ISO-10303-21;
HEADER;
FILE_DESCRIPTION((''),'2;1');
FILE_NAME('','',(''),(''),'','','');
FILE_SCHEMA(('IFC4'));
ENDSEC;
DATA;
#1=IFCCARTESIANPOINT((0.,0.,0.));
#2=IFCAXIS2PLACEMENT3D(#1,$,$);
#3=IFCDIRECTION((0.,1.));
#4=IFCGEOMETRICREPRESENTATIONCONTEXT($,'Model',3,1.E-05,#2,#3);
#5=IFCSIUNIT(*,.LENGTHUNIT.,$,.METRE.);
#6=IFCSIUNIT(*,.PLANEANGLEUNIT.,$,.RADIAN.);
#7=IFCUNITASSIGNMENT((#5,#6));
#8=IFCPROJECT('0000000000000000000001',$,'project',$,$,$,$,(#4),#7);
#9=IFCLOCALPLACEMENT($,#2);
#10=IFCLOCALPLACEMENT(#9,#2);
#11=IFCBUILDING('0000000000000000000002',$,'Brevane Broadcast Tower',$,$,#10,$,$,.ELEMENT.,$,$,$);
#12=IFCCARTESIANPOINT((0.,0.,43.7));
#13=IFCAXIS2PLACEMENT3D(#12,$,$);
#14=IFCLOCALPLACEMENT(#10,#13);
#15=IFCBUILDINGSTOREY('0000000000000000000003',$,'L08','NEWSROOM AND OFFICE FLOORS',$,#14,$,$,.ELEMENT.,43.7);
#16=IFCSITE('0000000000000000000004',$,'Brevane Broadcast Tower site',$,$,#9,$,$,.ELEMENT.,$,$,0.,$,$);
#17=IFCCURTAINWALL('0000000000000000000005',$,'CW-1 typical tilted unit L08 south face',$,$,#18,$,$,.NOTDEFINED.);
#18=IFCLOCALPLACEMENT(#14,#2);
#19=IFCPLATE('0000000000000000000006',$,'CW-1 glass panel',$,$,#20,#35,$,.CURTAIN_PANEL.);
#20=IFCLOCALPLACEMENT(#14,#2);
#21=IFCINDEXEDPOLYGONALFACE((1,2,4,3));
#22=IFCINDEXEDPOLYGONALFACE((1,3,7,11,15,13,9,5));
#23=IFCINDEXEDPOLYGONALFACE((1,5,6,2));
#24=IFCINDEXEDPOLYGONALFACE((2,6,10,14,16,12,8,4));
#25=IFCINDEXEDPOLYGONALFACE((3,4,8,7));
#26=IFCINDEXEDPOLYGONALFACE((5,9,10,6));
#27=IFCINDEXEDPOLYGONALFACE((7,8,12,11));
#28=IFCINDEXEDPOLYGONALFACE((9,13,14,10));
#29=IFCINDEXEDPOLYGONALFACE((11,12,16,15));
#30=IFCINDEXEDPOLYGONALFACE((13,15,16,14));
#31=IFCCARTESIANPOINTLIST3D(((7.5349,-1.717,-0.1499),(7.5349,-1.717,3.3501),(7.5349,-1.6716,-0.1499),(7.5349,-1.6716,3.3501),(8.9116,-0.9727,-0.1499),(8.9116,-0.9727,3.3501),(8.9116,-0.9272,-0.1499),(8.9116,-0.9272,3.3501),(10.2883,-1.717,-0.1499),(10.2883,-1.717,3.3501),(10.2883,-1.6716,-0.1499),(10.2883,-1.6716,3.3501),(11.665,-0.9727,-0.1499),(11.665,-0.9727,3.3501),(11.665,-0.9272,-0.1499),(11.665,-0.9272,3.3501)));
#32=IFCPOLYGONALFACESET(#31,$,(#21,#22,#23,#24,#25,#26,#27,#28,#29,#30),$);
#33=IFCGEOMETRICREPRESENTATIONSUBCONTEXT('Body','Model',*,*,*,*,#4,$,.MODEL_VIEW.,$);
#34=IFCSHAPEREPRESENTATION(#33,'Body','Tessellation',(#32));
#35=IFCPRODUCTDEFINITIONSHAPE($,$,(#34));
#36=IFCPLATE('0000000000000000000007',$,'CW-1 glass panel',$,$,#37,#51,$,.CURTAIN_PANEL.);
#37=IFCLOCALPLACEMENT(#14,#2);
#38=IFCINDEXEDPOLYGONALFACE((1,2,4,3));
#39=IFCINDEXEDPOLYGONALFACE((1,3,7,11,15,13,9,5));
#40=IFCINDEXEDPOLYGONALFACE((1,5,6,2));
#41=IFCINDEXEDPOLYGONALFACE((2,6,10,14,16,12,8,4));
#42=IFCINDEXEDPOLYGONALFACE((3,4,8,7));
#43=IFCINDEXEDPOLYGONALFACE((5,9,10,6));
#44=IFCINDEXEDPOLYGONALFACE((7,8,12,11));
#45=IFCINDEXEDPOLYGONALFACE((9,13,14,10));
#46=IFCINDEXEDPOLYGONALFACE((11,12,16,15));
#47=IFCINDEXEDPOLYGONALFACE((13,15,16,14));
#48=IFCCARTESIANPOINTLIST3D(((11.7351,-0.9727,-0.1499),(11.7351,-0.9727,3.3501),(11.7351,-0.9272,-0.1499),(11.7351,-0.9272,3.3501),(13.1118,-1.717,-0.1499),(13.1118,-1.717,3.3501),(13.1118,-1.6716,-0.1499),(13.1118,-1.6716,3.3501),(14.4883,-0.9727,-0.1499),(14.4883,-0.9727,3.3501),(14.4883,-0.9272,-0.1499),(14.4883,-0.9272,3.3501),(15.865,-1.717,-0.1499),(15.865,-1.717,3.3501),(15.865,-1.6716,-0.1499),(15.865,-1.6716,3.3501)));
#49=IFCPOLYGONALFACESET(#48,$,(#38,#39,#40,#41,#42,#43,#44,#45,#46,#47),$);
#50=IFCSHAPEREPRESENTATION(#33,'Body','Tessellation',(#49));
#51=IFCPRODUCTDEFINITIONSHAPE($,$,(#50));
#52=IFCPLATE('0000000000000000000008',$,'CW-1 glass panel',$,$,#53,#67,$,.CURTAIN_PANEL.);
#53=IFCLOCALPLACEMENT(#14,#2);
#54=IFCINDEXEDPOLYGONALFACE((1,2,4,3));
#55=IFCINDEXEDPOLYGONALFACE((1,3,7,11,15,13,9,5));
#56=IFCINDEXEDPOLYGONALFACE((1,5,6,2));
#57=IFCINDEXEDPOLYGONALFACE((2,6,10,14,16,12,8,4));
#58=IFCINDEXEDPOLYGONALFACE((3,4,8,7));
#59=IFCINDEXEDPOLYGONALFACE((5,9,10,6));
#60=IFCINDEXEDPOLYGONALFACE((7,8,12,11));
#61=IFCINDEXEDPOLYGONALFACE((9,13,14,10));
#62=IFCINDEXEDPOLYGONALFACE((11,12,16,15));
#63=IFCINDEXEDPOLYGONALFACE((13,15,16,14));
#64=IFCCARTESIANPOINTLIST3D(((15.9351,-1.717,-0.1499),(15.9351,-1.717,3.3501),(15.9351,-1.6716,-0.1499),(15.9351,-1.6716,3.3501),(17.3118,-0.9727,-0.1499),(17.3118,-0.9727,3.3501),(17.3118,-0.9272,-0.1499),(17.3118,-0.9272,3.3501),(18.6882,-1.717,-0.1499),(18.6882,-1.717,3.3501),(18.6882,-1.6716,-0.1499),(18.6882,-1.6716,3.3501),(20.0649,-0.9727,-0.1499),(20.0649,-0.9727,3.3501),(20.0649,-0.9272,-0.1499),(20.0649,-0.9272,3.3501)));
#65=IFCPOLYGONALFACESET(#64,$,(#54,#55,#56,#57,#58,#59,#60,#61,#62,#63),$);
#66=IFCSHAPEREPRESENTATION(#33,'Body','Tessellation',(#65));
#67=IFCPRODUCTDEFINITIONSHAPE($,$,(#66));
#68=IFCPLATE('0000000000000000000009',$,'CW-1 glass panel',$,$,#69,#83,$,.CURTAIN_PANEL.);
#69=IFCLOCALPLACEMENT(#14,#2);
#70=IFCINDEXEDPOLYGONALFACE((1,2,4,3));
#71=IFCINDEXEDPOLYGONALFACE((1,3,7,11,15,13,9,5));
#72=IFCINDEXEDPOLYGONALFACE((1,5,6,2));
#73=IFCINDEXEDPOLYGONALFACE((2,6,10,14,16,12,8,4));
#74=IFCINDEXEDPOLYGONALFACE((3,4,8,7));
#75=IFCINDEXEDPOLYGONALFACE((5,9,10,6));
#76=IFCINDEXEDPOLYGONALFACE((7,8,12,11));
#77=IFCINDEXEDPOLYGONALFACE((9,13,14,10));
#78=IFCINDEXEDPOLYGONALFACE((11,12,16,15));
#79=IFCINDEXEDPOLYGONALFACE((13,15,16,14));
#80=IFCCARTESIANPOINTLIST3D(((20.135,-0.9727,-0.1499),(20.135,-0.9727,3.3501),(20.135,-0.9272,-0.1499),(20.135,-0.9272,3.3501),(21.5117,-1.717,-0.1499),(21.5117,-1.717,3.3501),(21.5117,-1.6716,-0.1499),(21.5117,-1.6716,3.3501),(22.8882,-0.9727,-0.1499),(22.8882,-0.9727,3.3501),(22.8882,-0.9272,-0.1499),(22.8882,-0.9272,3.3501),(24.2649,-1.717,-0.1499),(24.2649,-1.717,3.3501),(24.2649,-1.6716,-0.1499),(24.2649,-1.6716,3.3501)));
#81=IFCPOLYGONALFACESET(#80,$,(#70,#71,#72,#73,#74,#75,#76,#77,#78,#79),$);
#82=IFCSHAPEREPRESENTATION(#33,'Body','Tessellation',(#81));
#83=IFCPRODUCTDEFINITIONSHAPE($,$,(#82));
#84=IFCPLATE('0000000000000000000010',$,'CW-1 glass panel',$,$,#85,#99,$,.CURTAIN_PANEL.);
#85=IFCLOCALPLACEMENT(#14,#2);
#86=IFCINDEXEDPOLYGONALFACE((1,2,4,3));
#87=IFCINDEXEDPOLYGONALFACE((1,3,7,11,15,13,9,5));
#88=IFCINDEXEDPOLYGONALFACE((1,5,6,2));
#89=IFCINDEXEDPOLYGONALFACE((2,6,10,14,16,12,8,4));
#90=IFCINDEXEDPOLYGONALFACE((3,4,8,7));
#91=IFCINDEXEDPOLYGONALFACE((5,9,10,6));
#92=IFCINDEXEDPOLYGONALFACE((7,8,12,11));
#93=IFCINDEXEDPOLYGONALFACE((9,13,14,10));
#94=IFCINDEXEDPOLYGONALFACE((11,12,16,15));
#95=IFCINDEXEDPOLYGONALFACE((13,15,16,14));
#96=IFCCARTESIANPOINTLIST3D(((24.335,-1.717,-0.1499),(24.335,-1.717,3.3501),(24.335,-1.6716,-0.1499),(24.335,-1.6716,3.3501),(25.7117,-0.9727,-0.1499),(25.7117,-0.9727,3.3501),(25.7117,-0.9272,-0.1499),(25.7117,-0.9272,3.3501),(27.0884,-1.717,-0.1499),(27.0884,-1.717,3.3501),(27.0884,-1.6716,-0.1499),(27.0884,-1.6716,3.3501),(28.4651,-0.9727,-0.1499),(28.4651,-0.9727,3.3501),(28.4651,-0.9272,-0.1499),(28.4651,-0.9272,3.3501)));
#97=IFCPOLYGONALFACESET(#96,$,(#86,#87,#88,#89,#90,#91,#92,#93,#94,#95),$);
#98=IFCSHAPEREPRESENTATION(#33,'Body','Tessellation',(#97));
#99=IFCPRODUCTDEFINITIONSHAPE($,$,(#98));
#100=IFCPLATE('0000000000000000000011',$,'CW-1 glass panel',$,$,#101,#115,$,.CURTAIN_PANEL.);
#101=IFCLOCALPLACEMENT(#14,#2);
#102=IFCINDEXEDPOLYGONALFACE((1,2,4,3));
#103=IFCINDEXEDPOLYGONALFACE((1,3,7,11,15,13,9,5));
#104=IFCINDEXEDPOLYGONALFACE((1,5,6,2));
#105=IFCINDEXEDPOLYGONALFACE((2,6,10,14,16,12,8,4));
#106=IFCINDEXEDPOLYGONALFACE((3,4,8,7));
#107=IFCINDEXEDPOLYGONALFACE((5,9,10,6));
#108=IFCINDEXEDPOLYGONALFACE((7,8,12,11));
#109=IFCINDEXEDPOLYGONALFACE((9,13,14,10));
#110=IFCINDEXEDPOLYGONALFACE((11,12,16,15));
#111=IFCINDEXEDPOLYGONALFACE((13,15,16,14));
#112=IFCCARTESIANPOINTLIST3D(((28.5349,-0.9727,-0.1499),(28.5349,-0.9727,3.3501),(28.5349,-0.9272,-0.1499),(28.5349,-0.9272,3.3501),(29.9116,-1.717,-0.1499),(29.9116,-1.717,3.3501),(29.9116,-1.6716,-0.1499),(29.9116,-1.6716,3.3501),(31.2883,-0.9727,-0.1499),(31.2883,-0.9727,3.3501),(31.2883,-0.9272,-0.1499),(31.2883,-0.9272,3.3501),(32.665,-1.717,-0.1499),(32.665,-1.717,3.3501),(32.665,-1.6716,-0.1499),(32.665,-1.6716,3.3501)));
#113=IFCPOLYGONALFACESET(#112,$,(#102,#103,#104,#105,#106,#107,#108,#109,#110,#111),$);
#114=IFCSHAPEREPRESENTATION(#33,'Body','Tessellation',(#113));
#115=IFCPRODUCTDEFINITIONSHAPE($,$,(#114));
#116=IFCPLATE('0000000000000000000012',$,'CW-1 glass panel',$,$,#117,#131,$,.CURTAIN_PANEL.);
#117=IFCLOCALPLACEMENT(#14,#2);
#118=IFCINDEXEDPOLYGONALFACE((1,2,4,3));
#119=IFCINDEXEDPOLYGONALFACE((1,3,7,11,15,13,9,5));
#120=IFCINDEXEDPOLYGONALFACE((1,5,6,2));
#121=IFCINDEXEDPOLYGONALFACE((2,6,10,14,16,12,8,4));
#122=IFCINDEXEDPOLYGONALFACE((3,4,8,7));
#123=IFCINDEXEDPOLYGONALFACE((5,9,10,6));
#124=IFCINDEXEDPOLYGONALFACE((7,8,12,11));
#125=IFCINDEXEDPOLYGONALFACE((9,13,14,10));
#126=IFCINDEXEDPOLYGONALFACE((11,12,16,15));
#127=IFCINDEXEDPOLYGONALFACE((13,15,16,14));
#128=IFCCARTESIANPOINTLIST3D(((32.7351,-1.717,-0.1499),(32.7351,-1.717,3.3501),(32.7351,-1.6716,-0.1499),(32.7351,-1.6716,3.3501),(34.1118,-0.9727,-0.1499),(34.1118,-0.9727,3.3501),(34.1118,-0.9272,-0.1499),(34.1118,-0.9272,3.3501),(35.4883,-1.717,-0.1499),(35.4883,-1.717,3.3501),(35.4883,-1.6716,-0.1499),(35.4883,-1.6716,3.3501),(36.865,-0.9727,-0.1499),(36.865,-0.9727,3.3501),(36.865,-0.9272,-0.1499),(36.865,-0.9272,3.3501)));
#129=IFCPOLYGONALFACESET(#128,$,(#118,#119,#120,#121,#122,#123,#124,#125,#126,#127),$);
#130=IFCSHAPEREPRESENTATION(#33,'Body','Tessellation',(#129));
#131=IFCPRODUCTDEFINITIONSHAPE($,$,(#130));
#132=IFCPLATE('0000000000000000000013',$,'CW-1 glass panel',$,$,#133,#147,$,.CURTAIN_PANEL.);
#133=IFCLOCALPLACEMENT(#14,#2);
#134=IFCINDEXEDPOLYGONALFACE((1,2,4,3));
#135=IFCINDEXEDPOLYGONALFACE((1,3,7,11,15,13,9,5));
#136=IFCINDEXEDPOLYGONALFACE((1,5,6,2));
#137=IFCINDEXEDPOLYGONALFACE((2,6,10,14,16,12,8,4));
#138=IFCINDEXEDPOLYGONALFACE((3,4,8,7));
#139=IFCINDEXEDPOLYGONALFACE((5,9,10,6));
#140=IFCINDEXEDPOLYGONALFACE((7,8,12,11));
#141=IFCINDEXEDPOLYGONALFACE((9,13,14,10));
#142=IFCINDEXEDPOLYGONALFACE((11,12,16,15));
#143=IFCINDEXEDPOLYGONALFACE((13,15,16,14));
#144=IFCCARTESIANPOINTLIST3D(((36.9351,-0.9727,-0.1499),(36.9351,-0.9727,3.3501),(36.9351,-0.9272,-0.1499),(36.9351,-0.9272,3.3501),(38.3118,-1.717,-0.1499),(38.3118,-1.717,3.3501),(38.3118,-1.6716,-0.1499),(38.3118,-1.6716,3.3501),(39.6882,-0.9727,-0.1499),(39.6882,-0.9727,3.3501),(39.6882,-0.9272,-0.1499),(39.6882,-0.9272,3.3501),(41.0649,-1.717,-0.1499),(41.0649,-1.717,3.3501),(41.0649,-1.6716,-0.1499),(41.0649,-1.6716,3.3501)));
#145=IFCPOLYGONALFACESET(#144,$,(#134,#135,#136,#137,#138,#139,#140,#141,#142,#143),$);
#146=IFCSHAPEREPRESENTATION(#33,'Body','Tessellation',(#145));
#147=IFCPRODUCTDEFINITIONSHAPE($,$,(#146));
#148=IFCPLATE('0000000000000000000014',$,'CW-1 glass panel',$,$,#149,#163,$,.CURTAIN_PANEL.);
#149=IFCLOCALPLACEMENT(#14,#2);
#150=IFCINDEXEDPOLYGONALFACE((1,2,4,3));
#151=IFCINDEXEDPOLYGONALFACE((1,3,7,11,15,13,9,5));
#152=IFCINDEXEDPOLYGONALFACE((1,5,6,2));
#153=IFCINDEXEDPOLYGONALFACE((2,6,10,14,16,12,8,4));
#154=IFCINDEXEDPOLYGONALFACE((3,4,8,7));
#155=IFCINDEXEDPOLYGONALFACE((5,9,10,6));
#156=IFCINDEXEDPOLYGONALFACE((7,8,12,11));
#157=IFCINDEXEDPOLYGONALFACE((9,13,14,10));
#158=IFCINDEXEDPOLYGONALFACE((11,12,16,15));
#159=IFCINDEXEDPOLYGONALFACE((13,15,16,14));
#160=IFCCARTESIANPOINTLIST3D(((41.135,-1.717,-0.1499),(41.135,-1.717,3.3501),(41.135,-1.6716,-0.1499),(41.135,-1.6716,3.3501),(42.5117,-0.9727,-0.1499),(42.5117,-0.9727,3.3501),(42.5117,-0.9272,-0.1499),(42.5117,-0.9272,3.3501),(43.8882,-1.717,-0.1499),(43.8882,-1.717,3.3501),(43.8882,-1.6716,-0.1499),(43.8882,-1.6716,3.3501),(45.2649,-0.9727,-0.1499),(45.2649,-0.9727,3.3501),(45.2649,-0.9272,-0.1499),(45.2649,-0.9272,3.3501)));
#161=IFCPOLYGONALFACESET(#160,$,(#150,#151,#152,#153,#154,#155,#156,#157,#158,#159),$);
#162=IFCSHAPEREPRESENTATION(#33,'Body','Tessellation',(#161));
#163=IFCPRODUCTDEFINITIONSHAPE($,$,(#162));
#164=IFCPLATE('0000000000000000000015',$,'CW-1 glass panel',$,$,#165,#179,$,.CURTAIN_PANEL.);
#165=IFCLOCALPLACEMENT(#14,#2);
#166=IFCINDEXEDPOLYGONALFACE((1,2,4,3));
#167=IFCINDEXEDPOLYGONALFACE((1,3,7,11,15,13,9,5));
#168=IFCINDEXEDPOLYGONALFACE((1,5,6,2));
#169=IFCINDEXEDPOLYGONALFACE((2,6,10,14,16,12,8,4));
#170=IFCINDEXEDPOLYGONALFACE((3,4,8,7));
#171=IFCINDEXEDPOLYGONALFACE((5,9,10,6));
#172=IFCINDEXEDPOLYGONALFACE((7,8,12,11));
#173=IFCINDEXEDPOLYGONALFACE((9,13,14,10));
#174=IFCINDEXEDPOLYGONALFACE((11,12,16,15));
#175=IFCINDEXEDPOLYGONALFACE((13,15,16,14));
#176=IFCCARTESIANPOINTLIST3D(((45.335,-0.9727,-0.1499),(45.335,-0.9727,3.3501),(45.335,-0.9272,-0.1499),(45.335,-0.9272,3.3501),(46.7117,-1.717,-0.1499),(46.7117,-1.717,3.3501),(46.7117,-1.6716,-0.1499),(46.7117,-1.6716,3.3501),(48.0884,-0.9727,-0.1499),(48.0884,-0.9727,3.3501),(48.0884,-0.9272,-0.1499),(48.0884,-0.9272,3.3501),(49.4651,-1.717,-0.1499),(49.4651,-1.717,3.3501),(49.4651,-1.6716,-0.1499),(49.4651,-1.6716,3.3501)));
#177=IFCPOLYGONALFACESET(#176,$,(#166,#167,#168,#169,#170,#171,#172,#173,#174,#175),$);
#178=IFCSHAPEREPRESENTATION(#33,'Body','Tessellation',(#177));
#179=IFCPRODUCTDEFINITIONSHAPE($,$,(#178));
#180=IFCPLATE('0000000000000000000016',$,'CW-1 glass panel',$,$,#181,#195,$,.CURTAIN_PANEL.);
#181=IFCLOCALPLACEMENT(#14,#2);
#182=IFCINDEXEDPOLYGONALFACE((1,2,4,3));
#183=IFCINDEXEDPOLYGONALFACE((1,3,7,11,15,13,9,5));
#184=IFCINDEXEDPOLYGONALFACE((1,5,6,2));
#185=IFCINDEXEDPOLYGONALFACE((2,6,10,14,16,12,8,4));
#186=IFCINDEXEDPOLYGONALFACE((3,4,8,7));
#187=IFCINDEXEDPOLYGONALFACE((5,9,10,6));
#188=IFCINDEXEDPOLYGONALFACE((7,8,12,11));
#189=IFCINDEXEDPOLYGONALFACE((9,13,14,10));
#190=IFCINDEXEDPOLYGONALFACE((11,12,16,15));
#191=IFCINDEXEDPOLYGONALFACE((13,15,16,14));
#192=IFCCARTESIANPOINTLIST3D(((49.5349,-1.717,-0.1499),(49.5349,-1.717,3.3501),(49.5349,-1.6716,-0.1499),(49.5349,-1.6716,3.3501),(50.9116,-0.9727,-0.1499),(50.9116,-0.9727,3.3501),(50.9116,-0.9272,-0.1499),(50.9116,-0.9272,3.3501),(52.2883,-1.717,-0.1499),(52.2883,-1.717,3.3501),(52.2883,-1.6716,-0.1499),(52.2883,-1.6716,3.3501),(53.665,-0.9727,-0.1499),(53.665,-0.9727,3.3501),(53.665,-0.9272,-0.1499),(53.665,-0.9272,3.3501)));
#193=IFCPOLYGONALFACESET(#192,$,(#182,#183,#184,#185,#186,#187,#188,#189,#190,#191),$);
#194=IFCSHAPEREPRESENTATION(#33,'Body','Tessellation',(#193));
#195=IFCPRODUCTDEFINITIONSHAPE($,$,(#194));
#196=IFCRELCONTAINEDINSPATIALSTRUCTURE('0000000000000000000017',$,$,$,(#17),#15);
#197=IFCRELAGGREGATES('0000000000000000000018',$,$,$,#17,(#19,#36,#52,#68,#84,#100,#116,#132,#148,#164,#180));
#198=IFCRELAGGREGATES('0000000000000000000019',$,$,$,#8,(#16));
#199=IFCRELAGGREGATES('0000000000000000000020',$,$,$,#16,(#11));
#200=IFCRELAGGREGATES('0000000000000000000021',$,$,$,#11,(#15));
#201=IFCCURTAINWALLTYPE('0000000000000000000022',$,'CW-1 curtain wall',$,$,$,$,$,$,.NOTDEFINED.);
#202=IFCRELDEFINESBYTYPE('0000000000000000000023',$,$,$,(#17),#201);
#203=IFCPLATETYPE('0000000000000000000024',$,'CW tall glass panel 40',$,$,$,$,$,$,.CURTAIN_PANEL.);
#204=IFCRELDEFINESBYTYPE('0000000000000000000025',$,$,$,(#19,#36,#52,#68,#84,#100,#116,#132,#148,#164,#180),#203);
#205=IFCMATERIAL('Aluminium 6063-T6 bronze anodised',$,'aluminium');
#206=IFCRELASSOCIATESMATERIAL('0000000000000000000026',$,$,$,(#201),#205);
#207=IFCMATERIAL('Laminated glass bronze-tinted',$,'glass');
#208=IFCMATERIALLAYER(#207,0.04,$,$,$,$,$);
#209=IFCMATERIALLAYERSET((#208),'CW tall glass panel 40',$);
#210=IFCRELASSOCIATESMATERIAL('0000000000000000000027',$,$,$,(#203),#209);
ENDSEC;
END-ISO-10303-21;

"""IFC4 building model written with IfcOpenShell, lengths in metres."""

from ifc_helpers import new_model, si_unit, direction, frame, origin, place, context, subcontext, project, spatial, polyline, outline, extrude, material, layer, layer_set, type_object, element, aggregate, save


model = new_model("IFC4")

# Units and contexts
model_context = context("Model", 3, precision=1e-05, world=origin(), true_north=direction((0.0, 1.0)))
body_context = subcontext(model_context, "Body", "Model", "MODEL_VIEW")
ifc_project = project(units=[si_unit("LENGTHUNIT", "METRE"), si_unit("PLANEANGLEUNIT", "RADIAN")], contexts=[model_context])

# Site, building, storey
site_placement = place(None, origin())
site = spatial("IfcSite", under=ifc_project, at=site_placement, Name="Brevane Broadcast Tower site", CompositionType="ELEMENT", RefElevation=0.0)
building_placement = place(site_placement, origin())
building = spatial("IfcBuilding", under=site, at=building_placement, Name="Brevane Broadcast Tower", CompositionType="ELEMENT")
storey_placement = place(building_placement, frame((0.0, 0.0, 43.7)))
storey = spatial("IfcBuildingStorey", under=building, at=storey_placement, Name="L08", Description="NEWSROOM AND OFFICE FLOORS", CompositionType="ELEMENT", Elevation=43.7)

# Curtain wall, plates
ifc_material_1 = material(Name="Aluminium 6063-T6 bronze anodised", Category="aluminium")
curtain_wall_type = type_object("IfcCurtainWallType", Name="CW-1 curtain wall", PredefinedType="NOTDEFINED", material=ifc_material_1)
curtain_wall_1_placement = place(storey_placement, origin())
curtain_wall_1 = element("IfcCurtainWall", 1, at=curtain_wall_1_placement, inside=storey, type_object=curtain_wall_type, Name="CW-1 typical tilted unit L08 south face", PredefinedType="NOTDEFINED")
ifc_material_2 = material(Name="Laminated glass bronze-tinted", Category="glass")
ifc_layer = layer(ifc_material_2, 0.04)
ifc_layer_set = layer_set([ifc_layer], Name="CW tall glass panel 40")
plate_type = type_object("IfcPlateType", Name="CW tall glass panel 40", PredefinedType="CURTAIN_PANEL", material=ifc_layer_set)
plate_1_placement = place(storey_placement, frame((0.0, 0.0, -0.1499)))
plate_1 = element("IfcPlate", 2, at=plate_1_placement, type_object=plate_type, Name="CW-1 glass panel", PredefinedType="CURTAIN_PANEL", context=body_context, shape_type="SweptSolid", body=[
    extrude(outline(polyline([(7.5349, -1.6716), (7.5349, -1.717), (8.9116, -0.9727), (10.2883, -1.717), (11.665, -0.9727), (11.665, -0.9272), (10.2883, -1.6716), (8.9116, -0.9272), (7.5349, -1.6716)])), origin(), (0.0, 0.0, 1.0), 3.5),
])
plate_2_placement = place(storey_placement, frame((0.0, 0.0, -0.1499)))
plate_2 = element("IfcPlate", 3, at=plate_2_placement, type_object=plate_type, Name="CW-1 glass panel", PredefinedType="CURTAIN_PANEL", context=body_context, shape_type="SweptSolid", body=[
    extrude(outline(polyline([(11.7351, -0.9272), (11.7351, -0.9727), (13.1118, -1.717), (14.4883, -0.9727), (15.865, -1.717), (15.865, -1.6716), (14.4883, -0.9272), (13.1118, -1.6716), (11.7351, -0.9272)])), origin(), (0.0, 0.0, 1.0), 3.5),
])
plate_3_placement = place(storey_placement, frame((0.0, 0.0, -0.1499)))
plate_3 = element("IfcPlate", 4, at=plate_3_placement, type_object=plate_type, Name="CW-1 glass panel", PredefinedType="CURTAIN_PANEL", context=body_context, shape_type="SweptSolid", body=[
    extrude(outline(polyline([(15.9351, -1.6716), (15.9351, -1.717), (17.3118, -0.9727), (18.6882, -1.717), (20.0649, -0.9727), (20.0649, -0.9272), (18.6882, -1.6716), (17.3118, -0.9272), (15.9351, -1.6716)])), origin(), (0.0, 0.0, 1.0), 3.5),
])
plate_4_placement = place(storey_placement, frame((0.0, 0.0, -0.1499)))
plate_4 = element("IfcPlate", 5, at=plate_4_placement, type_object=plate_type, Name="CW-1 glass panel", PredefinedType="CURTAIN_PANEL", context=body_context, shape_type="SweptSolid", body=[
    extrude(outline(polyline([(20.135, -0.9272), (20.135, -0.9727), (21.5117, -1.717), (22.8882, -0.9727), (24.2649, -1.717), (24.2649, -1.6716), (22.8882, -0.9272), (21.5117, -1.6716), (20.135, -0.9272)])), origin(), (0.0, 0.0, 1.0), 3.5),
])
plate_5_placement = place(storey_placement, frame((0.0, 0.0, -0.1499)))
plate_5 = element("IfcPlate", 6, at=plate_5_placement, type_object=plate_type, Name="CW-1 glass panel", PredefinedType="CURTAIN_PANEL", context=body_context, shape_type="SweptSolid", body=[
    extrude(outline(polyline([(24.335, -1.6716), (24.335, -1.717), (25.7117, -0.9727), (27.0884, -1.717), (28.4651, -0.9727), (28.4651, -0.9272), (27.0884, -1.6716), (25.7117, -0.9272), (24.335, -1.6716)])), origin(), (0.0, 0.0, 1.0), 3.5),
])
plate_6_placement = place(storey_placement, frame((0.0, 0.0, -0.1499)))
plate_6 = element("IfcPlate", 7, at=plate_6_placement, type_object=plate_type, Name="CW-1 glass panel", PredefinedType="CURTAIN_PANEL", context=body_context, shape_type="SweptSolid", body=[
    extrude(outline(polyline([(28.5349, -0.9272), (28.5349, -0.9727), (29.9116, -1.717), (31.2883, -0.9727), (32.665, -1.717), (32.665, -1.6716), (31.2883, -0.9272), (29.9116, -1.6716), (28.5349, -0.9272)])), origin(), (0.0, 0.0, 1.0), 3.5),
])
plate_7_placement = place(storey_placement, frame((0.0, 0.0, -0.1499)))
plate_7 = element("IfcPlate", 8, at=plate_7_placement, type_object=plate_type, Name="CW-1 glass panel", PredefinedType="CURTAIN_PANEL", context=body_context, shape_type="SweptSolid", body=[
    extrude(outline(polyline([(32.7351, -1.6716), (32.7351, -1.717), (34.1118, -0.9727), (35.4883, -1.717), (36.865, -0.9727), (36.865, -0.9272), (35.4883, -1.6716), (34.1118, -0.9272), (32.7351, -1.6716)])), origin(), (0.0, 0.0, 1.0), 3.5),
])
plate_8_placement = place(storey_placement, frame((0.0, 0.0, -0.1499)))
plate_8 = element("IfcPlate", 9, at=plate_8_placement, type_object=plate_type, Name="CW-1 glass panel", PredefinedType="CURTAIN_PANEL", context=body_context, shape_type="SweptSolid", body=[
    extrude(outline(polyline([(36.9351, -0.9272), (36.9351, -0.9727), (38.3118, -1.717), (39.6882, -0.9727), (41.0649, -1.717), (41.0649, -1.6716), (39.6882, -0.9272), (38.3118, -1.6716), (36.9351, -0.9272)])), origin(), (0.0, 0.0, 1.0), 3.5),
])
plate_9_placement = place(storey_placement, frame((0.0, 0.0, -0.1499)))
plate_9 = element("IfcPlate", 10, at=plate_9_placement, type_object=plate_type, Name="CW-1 glass panel", PredefinedType="CURTAIN_PANEL", context=body_context, shape_type="SweptSolid", body=[
    extrude(outline(polyline([(41.135, -1.6716), (41.135, -1.717), (42.5117, -0.9727), (43.8882, -1.717), (45.2649, -0.9727), (45.2649, -0.9272), (43.8882, -1.6716), (42.5117, -0.9272), (41.135, -1.6716)])), origin(), (0.0, 0.0, 1.0), 3.5),
])
plate_10_placement = place(storey_placement, frame((0.0, 0.0, -0.1499)))
plate_10 = element("IfcPlate", 11, at=plate_10_placement, type_object=plate_type, Name="CW-1 glass panel", PredefinedType="CURTAIN_PANEL", context=body_context, shape_type="SweptSolid", body=[
    extrude(outline(polyline([(45.335, -0.9272), (45.335, -0.9727), (46.7117, -1.717), (48.0884, -0.9727), (49.4651, -1.717), (49.4651, -1.6716), (48.0884, -0.9272), (46.7117, -1.6716), (45.335, -0.9272)])), origin(), (0.0, 0.0, 1.0), 3.5),
])
plate_11_placement = place(storey_placement, frame((0.0, 0.0, -0.1499)))
plate_11 = element("IfcPlate", 12, at=plate_11_placement, type_object=plate_type, Name="CW-1 glass panel", PredefinedType="CURTAIN_PANEL", context=body_context, shape_type="SweptSolid", body=[
    extrude(outline(polyline([(49.5349, -1.6716), (49.5349, -1.717), (50.9116, -0.9727), (52.2883, -1.717), (53.665, -0.9727), (53.665, -0.9272), (52.2883, -1.6716), (50.9116, -0.9272), (49.5349, -1.6716)])), origin(), (0.0, 0.0, 1.0), 3.5),
])
aggregate(curtain_wall_1, [plate_1, plate_2, plate_3, plate_4, plate_5, plate_6, plate_7, plate_8, plate_9, plate_10, plate_11])

save(model, "model.ifc")
